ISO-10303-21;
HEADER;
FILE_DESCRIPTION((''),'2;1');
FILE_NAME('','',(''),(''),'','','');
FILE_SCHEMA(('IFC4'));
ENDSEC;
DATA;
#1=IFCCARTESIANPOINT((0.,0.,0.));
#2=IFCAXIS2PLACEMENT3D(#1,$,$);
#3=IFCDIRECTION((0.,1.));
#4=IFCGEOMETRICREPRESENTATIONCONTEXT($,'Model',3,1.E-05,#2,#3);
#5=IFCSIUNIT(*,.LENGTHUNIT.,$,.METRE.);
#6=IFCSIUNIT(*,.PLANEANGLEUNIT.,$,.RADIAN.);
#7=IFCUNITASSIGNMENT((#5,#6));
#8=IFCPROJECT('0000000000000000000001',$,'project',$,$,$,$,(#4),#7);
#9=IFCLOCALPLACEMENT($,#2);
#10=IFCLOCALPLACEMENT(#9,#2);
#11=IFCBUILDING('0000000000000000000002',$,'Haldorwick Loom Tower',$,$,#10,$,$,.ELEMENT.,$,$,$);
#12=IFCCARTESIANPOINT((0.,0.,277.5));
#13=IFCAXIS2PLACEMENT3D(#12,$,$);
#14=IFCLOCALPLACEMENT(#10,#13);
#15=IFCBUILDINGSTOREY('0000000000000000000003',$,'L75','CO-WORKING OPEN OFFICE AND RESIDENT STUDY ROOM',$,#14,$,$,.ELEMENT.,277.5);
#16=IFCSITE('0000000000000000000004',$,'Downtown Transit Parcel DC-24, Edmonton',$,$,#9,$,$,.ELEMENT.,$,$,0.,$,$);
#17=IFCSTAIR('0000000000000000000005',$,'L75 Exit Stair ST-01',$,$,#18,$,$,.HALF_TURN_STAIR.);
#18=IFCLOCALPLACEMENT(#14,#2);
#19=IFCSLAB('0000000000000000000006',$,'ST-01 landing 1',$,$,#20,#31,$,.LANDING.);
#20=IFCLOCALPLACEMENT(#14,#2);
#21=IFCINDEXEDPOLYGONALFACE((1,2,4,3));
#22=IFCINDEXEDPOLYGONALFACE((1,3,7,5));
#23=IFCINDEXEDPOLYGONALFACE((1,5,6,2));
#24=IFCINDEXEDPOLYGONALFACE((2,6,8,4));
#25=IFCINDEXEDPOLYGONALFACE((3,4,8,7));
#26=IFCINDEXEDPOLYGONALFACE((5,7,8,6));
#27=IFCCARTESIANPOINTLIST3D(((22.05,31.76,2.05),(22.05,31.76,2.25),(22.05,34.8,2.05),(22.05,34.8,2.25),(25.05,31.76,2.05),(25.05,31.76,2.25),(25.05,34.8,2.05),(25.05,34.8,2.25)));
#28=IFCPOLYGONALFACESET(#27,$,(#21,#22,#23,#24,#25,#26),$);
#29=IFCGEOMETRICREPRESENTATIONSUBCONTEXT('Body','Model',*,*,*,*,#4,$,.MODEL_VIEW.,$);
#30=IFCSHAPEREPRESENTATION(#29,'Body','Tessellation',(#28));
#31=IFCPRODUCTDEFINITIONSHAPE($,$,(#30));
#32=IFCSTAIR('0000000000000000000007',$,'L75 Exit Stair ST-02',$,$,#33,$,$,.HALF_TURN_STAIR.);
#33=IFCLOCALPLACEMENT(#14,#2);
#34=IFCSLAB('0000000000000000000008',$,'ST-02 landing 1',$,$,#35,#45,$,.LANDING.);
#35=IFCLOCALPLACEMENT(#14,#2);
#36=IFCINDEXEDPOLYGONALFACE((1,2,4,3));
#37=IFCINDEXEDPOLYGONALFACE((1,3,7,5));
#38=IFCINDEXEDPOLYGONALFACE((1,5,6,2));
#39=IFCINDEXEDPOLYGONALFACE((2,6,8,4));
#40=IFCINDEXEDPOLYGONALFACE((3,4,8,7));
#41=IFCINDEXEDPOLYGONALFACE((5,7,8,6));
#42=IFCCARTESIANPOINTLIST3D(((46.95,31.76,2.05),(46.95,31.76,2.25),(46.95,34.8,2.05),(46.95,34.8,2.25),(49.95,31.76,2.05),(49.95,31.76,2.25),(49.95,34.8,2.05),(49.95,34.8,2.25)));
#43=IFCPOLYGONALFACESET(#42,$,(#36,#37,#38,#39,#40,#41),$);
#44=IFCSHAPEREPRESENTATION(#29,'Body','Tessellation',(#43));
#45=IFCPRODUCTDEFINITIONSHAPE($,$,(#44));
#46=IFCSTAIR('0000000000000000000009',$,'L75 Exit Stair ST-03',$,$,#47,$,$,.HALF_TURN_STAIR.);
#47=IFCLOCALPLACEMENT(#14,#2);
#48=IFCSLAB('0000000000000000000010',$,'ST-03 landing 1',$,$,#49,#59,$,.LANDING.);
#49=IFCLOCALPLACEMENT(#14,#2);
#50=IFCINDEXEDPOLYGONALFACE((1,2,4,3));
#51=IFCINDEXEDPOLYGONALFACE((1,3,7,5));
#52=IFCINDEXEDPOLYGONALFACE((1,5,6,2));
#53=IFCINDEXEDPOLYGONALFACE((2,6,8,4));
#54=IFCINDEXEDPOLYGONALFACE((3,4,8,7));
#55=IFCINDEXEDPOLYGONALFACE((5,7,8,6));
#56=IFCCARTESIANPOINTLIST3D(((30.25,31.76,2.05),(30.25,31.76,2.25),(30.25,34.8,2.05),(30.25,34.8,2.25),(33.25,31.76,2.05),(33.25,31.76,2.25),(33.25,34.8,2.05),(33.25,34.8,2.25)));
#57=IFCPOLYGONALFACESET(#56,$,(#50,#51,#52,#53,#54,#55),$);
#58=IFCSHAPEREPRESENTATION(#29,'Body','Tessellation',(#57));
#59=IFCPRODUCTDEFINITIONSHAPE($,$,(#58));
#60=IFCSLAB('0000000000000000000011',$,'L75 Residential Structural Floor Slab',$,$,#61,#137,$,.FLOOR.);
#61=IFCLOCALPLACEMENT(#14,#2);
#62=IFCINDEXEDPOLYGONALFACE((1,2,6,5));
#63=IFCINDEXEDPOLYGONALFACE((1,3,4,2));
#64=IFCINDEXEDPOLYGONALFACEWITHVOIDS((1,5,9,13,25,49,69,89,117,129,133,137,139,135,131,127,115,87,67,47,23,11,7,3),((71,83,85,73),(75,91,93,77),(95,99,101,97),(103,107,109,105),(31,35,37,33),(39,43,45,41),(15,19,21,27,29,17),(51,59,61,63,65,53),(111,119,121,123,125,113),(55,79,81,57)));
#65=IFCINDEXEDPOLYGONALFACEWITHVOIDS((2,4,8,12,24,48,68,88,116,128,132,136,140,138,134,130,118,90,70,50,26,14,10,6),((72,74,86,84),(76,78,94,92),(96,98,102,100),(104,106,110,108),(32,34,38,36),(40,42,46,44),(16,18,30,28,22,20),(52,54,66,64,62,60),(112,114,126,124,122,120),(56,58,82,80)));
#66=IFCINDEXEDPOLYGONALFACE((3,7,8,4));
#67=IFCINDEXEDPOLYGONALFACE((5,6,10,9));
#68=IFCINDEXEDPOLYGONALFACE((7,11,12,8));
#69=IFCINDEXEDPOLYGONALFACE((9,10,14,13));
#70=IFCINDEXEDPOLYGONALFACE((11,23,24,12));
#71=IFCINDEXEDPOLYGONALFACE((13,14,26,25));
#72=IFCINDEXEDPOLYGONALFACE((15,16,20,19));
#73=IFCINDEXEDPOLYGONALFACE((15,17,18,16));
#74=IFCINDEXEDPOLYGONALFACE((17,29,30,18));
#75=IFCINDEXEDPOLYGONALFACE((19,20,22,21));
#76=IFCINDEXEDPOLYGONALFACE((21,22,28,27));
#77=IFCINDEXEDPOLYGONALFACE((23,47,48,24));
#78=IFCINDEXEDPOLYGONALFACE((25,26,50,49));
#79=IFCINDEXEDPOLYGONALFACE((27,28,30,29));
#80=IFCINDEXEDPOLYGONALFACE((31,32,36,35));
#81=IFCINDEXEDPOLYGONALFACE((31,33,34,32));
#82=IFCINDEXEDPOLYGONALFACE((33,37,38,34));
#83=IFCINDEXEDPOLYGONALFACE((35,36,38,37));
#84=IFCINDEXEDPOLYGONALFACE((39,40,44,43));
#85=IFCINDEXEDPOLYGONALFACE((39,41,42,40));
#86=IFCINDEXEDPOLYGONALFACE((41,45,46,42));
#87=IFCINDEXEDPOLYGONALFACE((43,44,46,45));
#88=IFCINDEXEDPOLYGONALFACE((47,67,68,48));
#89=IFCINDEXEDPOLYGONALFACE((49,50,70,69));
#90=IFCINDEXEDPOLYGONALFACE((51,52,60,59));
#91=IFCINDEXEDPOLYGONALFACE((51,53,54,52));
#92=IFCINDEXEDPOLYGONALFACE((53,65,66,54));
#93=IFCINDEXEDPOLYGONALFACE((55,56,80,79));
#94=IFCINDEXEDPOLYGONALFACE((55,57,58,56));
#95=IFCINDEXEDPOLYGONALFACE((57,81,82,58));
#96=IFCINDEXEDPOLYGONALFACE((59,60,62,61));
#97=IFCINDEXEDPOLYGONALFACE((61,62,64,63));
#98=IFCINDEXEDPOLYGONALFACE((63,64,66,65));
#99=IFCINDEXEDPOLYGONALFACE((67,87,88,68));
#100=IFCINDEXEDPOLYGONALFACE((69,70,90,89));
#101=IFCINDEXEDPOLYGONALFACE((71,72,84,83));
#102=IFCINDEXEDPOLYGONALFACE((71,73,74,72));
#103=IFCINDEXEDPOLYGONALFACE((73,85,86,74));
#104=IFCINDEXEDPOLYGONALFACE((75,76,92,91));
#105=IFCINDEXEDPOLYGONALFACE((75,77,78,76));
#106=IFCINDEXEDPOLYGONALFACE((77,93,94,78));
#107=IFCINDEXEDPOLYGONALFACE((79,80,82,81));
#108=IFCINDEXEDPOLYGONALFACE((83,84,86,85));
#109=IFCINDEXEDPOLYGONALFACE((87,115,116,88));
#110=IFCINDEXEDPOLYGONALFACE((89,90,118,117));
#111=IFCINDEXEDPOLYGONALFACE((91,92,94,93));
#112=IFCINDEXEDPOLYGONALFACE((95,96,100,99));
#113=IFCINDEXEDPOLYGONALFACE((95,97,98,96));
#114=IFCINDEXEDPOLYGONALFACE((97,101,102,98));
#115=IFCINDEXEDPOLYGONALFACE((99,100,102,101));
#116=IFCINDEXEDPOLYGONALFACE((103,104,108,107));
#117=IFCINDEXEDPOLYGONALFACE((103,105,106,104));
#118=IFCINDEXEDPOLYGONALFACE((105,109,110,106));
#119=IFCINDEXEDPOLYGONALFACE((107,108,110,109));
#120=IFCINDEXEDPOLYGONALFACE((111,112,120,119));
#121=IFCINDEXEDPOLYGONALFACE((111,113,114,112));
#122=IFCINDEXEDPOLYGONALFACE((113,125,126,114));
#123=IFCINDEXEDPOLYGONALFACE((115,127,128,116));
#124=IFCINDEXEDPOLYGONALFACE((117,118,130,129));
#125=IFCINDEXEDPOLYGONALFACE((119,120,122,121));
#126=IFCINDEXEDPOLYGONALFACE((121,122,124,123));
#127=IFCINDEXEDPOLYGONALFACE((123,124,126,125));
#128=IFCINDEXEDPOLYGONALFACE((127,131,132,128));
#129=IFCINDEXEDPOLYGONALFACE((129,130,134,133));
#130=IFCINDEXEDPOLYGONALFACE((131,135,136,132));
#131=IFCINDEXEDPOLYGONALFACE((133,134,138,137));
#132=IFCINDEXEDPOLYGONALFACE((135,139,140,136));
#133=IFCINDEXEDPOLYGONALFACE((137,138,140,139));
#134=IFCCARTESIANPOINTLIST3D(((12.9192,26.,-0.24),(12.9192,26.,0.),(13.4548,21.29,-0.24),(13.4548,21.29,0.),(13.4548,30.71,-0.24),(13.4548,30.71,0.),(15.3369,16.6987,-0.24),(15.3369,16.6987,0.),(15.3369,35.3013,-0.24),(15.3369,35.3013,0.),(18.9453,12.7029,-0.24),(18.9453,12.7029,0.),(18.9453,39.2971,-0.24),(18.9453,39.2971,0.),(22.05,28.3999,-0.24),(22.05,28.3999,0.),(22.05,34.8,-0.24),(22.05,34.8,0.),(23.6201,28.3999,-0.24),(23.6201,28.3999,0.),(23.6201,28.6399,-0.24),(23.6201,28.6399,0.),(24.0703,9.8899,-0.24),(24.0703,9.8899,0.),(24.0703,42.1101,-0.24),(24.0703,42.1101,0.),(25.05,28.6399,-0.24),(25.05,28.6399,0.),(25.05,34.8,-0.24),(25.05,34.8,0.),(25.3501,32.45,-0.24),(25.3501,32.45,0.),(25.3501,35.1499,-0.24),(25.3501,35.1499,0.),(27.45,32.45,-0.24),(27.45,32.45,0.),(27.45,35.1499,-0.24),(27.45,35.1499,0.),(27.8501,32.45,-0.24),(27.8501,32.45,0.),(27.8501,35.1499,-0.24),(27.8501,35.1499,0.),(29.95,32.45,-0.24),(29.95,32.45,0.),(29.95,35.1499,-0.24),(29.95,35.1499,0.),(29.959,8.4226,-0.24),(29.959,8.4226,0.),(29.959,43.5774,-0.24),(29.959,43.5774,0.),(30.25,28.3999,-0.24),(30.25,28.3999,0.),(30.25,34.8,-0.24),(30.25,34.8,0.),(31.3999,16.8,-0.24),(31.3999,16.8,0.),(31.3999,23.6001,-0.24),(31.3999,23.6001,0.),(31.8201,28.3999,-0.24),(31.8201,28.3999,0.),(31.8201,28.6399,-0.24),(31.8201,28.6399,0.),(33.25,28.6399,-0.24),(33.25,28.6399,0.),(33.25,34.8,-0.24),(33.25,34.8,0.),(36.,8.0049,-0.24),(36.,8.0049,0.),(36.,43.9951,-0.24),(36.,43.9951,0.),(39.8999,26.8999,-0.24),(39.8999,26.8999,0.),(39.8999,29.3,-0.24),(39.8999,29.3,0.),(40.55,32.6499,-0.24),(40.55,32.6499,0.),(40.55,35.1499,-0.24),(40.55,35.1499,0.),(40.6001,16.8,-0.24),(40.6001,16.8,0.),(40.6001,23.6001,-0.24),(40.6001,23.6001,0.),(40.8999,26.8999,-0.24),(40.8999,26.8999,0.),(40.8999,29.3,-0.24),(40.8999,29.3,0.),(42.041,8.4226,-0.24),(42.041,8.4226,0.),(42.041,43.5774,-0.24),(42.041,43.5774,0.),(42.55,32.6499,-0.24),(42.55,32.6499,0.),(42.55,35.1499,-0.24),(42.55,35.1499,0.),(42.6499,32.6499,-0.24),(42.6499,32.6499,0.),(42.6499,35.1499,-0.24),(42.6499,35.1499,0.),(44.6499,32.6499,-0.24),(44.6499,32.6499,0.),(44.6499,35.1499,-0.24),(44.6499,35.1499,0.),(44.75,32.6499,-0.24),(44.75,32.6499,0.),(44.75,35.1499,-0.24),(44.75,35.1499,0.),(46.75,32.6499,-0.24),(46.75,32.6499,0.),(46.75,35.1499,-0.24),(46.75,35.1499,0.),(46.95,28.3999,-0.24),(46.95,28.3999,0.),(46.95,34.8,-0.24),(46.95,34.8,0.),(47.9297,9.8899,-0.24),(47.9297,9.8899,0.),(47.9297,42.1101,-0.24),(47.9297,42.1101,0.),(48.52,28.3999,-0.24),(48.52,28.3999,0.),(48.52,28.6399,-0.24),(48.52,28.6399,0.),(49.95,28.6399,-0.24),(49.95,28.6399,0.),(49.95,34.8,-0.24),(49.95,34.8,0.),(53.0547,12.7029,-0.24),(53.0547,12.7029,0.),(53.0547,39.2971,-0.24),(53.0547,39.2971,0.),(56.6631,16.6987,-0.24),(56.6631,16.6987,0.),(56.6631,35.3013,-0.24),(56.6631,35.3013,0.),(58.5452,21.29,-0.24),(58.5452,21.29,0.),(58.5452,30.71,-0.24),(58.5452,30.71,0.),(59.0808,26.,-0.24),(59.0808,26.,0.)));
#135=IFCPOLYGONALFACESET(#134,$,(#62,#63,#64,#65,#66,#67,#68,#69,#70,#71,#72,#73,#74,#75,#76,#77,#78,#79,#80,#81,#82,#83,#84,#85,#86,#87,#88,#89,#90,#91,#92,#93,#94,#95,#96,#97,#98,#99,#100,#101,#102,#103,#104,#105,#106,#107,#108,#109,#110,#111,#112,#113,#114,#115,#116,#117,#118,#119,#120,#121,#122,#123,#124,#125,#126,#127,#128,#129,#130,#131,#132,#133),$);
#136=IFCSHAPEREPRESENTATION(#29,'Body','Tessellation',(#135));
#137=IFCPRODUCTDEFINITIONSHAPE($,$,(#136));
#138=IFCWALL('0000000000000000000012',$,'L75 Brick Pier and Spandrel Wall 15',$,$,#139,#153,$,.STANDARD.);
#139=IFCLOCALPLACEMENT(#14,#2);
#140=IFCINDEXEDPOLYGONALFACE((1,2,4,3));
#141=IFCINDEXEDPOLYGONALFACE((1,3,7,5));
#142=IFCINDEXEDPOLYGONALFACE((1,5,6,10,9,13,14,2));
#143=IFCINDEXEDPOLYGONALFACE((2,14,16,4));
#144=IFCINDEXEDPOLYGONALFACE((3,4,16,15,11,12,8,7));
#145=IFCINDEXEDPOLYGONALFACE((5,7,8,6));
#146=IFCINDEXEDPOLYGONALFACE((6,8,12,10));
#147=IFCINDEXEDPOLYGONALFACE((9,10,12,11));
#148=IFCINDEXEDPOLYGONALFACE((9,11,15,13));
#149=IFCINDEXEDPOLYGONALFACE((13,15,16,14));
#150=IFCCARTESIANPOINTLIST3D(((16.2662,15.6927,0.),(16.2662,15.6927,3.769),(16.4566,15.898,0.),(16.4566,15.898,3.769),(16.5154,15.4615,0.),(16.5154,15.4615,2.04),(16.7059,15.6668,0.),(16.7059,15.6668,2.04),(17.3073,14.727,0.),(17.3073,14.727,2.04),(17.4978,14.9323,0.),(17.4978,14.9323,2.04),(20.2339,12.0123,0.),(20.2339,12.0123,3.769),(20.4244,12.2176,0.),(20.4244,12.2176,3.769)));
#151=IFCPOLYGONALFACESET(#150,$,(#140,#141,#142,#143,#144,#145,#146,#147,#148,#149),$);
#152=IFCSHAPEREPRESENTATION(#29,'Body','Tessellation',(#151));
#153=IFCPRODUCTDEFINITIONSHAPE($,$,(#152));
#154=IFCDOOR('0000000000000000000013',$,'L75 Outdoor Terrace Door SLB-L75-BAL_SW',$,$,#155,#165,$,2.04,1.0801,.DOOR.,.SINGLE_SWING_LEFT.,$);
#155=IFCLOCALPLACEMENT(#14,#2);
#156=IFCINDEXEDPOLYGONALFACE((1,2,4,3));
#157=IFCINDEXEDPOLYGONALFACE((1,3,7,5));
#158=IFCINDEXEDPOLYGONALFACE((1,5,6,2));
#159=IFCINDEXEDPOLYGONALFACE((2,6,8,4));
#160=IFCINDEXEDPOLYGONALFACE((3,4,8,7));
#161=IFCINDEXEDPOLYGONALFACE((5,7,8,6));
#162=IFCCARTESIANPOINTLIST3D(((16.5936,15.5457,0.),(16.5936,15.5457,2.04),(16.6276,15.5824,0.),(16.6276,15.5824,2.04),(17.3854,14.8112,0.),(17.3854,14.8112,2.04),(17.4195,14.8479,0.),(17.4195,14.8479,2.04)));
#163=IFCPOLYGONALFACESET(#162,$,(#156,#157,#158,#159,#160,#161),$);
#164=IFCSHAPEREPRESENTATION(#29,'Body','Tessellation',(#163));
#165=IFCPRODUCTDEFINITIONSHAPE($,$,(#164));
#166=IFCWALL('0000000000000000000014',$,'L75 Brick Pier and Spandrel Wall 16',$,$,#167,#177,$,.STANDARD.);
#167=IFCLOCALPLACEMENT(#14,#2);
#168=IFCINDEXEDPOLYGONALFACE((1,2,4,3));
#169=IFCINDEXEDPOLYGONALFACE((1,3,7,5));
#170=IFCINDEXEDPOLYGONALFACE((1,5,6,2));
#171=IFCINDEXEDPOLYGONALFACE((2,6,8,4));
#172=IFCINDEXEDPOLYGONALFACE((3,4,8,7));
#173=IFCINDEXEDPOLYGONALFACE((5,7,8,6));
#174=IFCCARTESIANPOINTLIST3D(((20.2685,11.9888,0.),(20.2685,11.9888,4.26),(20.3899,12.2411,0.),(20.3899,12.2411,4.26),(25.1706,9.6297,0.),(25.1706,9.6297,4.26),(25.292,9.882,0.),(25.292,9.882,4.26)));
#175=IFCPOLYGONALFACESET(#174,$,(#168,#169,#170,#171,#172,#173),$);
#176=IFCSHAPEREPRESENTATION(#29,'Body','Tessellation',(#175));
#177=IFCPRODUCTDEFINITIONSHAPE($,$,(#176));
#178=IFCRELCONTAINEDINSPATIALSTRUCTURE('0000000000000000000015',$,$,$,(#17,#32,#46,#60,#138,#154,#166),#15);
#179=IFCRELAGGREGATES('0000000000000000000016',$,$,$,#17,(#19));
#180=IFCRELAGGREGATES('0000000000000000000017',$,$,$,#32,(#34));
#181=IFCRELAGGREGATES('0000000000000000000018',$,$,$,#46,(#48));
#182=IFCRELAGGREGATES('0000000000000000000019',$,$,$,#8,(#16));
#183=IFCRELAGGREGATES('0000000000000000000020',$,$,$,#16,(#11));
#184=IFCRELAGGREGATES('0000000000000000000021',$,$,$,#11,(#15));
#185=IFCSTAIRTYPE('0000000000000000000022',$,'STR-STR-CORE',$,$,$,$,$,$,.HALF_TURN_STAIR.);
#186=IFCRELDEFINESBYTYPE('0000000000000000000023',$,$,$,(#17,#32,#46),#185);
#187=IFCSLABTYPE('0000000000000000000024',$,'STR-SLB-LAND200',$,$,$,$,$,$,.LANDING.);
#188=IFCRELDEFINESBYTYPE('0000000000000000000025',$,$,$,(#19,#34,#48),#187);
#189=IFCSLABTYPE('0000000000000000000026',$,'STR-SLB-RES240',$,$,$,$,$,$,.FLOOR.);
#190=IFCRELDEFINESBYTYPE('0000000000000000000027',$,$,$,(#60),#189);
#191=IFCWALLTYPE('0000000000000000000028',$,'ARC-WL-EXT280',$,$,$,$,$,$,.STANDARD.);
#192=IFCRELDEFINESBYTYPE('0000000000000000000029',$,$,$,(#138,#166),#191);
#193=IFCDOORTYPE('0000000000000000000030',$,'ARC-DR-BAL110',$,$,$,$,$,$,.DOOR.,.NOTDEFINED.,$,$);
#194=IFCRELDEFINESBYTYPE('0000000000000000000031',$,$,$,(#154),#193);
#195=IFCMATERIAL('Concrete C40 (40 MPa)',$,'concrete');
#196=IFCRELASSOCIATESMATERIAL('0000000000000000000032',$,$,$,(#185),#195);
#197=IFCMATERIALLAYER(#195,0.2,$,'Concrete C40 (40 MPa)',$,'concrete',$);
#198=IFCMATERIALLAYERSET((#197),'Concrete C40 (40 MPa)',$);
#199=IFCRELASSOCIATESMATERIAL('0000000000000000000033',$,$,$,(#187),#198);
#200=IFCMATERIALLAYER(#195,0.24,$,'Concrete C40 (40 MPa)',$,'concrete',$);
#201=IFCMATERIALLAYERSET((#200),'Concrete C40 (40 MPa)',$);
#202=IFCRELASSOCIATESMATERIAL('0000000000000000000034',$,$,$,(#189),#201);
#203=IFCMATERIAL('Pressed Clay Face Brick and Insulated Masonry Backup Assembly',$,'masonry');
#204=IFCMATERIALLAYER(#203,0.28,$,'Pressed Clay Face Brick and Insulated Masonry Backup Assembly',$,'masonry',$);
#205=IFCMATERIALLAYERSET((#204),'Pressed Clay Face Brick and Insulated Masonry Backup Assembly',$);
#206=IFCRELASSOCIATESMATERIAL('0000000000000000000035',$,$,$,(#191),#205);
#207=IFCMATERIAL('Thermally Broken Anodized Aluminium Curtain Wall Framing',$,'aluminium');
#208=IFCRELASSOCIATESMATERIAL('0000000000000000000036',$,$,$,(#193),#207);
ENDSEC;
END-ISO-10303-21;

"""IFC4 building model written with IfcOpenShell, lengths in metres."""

from ifc_helpers import new_model, si_unit, direction, frame, frame_2d, origin, place, context, subcontext, project, spatial, polyline, rectangle, outline, extrude, material, layer, layer_set, type_object, element, fill, aggregate, save


model = new_model("IFC4")

# Units and contexts
model_context = context("Model", 3, precision=1e-05, world=origin(), true_north=direction((0.0, 1.0)))
body_context = subcontext(model_context, "Body", "Model", "MODEL_VIEW")
ifc_project = project(units=[si_unit("LENGTHUNIT", "METRE"), si_unit("PLANEANGLEUNIT", "RADIAN")], contexts=[model_context])

# Site, building, storey
site_placement = place(None, origin())
site = spatial("IfcSite", under=ifc_project, at=site_placement, Name="Downtown Transit Parcel DC-24, Edmonton", CompositionType="ELEMENT", RefElevation=0.0)
building_placement = place(site_placement, origin())
building = spatial("IfcBuilding", under=site, at=building_placement, Name="Haldorwick Loom Tower", CompositionType="ELEMENT")
storey_placement = place(building_placement, frame((0.0, 0.0, 277.5)))
storey = spatial("IfcBuildingStorey", under=building, at=storey_placement, Name="L75", Description="CO-WORKING OPEN OFFICE AND RESIDENT STUDY ROOM", CompositionType="ELEMENT", Elevation=277.5)

# Shared definitions
ifc_material_1 = material(Name="Concrete C40 (40 MPa)", Category="concrete")

# Stairs, slabs
stair_type = type_object("IfcStairType", Name="STR-STR-CORE", PredefinedType="HALF_TURN_STAIR", material=ifc_material_1)
stair_1_placement = place(storey_placement, origin())
stair_1 = element("IfcStair", 1, at=stair_1_placement, inside=storey, type_object=stair_type, Name="L75 Exit Stair ST-01", PredefinedType="HALF_TURN_STAIR")
ifc_layer_1 = layer(ifc_material_1, 0.2, Name="Concrete C40 (40 MPa)", Category="concrete")
ifc_layer_set_1 = layer_set([ifc_layer_1], Name="Concrete C40 (40 MPa)")
slab_type_1 = type_object("IfcSlabType", Name="STR-SLB-LAND200", PredefinedType="LANDING", material=ifc_layer_set_1)
slab_1_placement = place(storey_placement, frame((0.0, 0.0, 2.05)))
slab_1 = element("IfcSlab", 2, at=slab_1_placement, type_object=slab_type_1, Name="ST-01 landing 1", PredefinedType="LANDING", context=body_context, shape_type="SweptSolid", body=[
    extrude(outline(polyline([(25.05, 31.76), (25.05, 34.8), (22.05, 34.8), (22.05, 31.76), (25.05, 31.76)])), origin(), (0.0, 0.0, 1.0), 0.2),
])
aggregate(stair_1, [slab_1])
stair_2_placement = place(storey_placement, origin())
stair_2 = element("IfcStair", 3, at=stair_2_placement, inside=storey, type_object=stair_type, Name="L75 Exit Stair ST-02", PredefinedType="HALF_TURN_STAIR")
slab_2_placement = place(storey_placement, frame((0.0, 0.0, 2.05)))
slab_2 = element("IfcSlab", 4, at=slab_2_placement, type_object=slab_type_1, Name="ST-02 landing 1", PredefinedType="LANDING", context=body_context, shape_type="SweptSolid", body=[
    extrude(outline(polyline([(49.95, 31.76), (49.95, 34.8), (46.95, 34.8), (46.95, 31.76), (49.95, 31.76)])), origin(), (0.0, 0.0, 1.0), 0.2),
])
aggregate(stair_2, [slab_2])
stair_3_placement = place(storey_placement, origin())
stair_3 = element("IfcStair", 5, at=stair_3_placement, inside=storey, type_object=stair_type, Name="L75 Exit Stair ST-03", PredefinedType="HALF_TURN_STAIR")
slab_3_placement = place(storey_placement, frame((0.0, 0.0, 2.05)))
slab_3 = element("IfcSlab", 6, at=slab_3_placement, type_object=slab_type_1, Name="ST-03 landing 1", PredefinedType="LANDING", context=body_context, shape_type="SweptSolid", body=[
    extrude(outline(polyline([(33.25, 31.76), (33.25, 34.8), (30.25, 34.8), (30.25, 31.76), (33.25, 31.76)])), origin(), (0.0, 0.0, 1.0), 0.2),
])
aggregate(stair_3, [slab_3])

# Slab
ifc_layer_2 = layer(ifc_material_1, 0.24, Name="Concrete C40 (40 MPa)", Category="concrete")
ifc_layer_set_2 = layer_set([ifc_layer_2], Name="Concrete C40 (40 MPa)")
slab_type_2 = type_object("IfcSlabType", Name="STR-SLB-RES240", PredefinedType="FLOOR", material=ifc_layer_set_2)
slab_4_placement = place(storey_placement, frame((0.0, 0.0, -0.24)))
element("IfcSlab", 7, at=slab_4_placement, inside=storey, type_object=slab_type_2, Name="L75 Residential Structural Floor Slab", PredefinedType="FLOOR", context=body_context, shape_type="SweptSolid", body=[
    extrude(outline(polyline([(53.0547, 12.7029), (56.6631, 16.6987), (58.5452, 21.29), (59.0808, 26.0), (58.5452, 30.71), (56.6631, 35.3013), (53.0547, 39.2971), (47.9297, 42.1101), (42.041, 43.5774), (36.0, 43.9951), (29.959, 43.5774), (24.0703, 42.1101), (18.9453, 39.2971), (15.3369, 35.3013), (13.4548, 30.71), (12.9192, 26.0), (13.4548, 21.29), (15.3369, 16.6987), (18.9453, 12.7029), (24.0703, 9.8899), (29.959, 8.4226), (36.0, 8.0049), (42.041, 8.4226), (47.9297, 9.8899), (53.0547, 12.7029)]), holes=[polyline([(31.3999, 16.8), (31.3999, 23.6001), (40.6001, 23.6001), (40.6001, 16.8), (31.3999, 16.8)]), polyline([(40.8999, 26.8999), (39.8999, 26.8999), (39.8999, 29.3), (40.8999, 29.3), (40.8999, 26.8999)]), polyline([(23.6201, 28.3999), (22.05, 28.3999), (22.05, 34.8), (25.05, 34.8), (25.05, 28.6399), (23.6201, 28.6399), (23.6201, 28.3999)]), polyline([(30.25, 28.3999), (30.25, 34.8), (33.25, 34.8), (33.25, 28.6399), (31.8201, 28.6399), (31.8201, 28.3999), (30.25, 28.3999)]), polyline([(46.95, 28.3999), (46.95, 34.8), (49.95, 34.8), (49.95, 28.6399), (48.52, 28.6399), (48.52, 28.3999), (46.95, 28.3999)]), polyline([(27.45, 32.45), (25.3501, 32.45), (25.3501, 35.1499), (27.45, 35.1499), (27.45, 32.45)]), polyline([(29.95, 32.45), (27.8501, 32.45), (27.8501, 35.1499), (29.95, 35.1499), (29.95, 32.45)]), polyline([(42.55, 32.6499), (40.55, 32.6499), (40.55, 35.1499), (42.55, 35.1499), (42.55, 32.6499)]), polyline([(42.6499, 32.6499), (42.6499, 35.1499), (44.6499, 35.1499), (44.6499, 32.6499), (42.6499, 32.6499)]), polyline([(44.75, 32.6499), (44.75, 35.1499), (46.75, 35.1499), (46.75, 32.6499), (44.75, 32.6499)])]), origin(), (0.0, 0.0, 1.0), 0.24),
])

# Wall, opening, door
ifc_material_2 = material(Name="Pressed Clay Face Brick and Insulated Masonry Backup Assembly", Category="masonry")
ifc_layer_3 = layer(ifc_material_2, 0.28, Name="Pressed Clay Face Brick and Insulated Masonry Backup Assembly", Category="masonry")
ifc_layer_set_3 = layer_set([ifc_layer_3], Name="Pressed Clay Face Brick and Insulated Masonry Backup Assembly")
wall_type = type_object("IfcWallType", Name="ARC-WL-EXT280", PredefinedType="STANDARD", material=ifc_layer_set_3)
wall_1_placement = place(storey_placement, frame((16.3613, 15.7954, 0.0), z_axis=(0.0, 0.0, 1.0), x_axis=(0.733157, -0.68006, 0.0)))
wall_1 = element("IfcWall", 8, at=wall_1_placement, inside=storey, type_object=wall_type, Name="L75 Brick Pier and Spandrel Wall 15", PredefinedType="STANDARD", context=body_context, shape_type="SweptSolid", body=[
    extrude(rectangle(XDim=5.4119, YDim=0.28, at=frame_2d((2.7061, 0.0))), origin(), (0.0, 0.0, 1.0), 3.769),
])
opening_placement = place(wall_1_placement, frame((0.3401, 0.0, 0.0)))
opening = element("IfcOpeningElement", 9, at=opening_placement, cuts=wall_1, PredefinedType="OPENING", context=body_context, shape_type="SweptSolid", body=[
    extrude(rectangle(XDim=1.0801, YDim=2.04, at=frame_2d((0.54, 1.02))), frame((0.0, 0.1499, 0.0), z_axis=(0.0, -1.0, 0.0), x_axis=(1.0, 0.0, 0.0)), (0.0, 0.0, 1.0), 0.3),
])
ifc_material_3 = material(Name="Thermally Broken Anodized Aluminium Curtain Wall Framing", Category="aluminium")
door_type = type_object("IfcDoorType", Name="ARC-DR-BAL110", OperationType="NOTDEFINED", PredefinedType="DOOR", material=ifc_material_3)
door_placement = place(opening_placement, origin())
door = element("IfcDoor", 10, at=door_placement, inside=storey, type_object=door_type, Name="L75 Outdoor Terrace Door SLB-L75-BAL_SW", OperationType="SINGLE_SWING_LEFT", OverallHeight=2.04, OverallWidth=1.0801, PredefinedType="DOOR", context=body_context, shape_type="SweptSolid", body=[
    extrude(rectangle(XDim=1.0801, YDim=2.04, at=frame_2d((0.54, 1.02))), frame((0.0, 0.0249, 0.0), z_axis=(0.0, -1.0, 0.0), x_axis=(1.0, 0.0, 0.0)), (0.0, 0.0, 1.0), 0.05),
])
fill(opening, door)

# Wall
wall_2_placement = place(storey_placement, frame((20.3291, 12.115, 0.0), z_axis=(0.0, 0.0, 1.0), x_axis=(0.901084, -0.433646, 0.0)))
element("IfcWall", 11, at=wall_2_placement, inside=storey, type_object=wall_type, Name="L75 Brick Pier and Spandrel Wall 16", PredefinedType="STANDARD", context=body_context, shape_type="SweptSolid", body=[
    extrude(rectangle(XDim=5.4402, YDim=0.28, at=frame_2d((2.7202, 0.0))), origin(), (0.0, 0.0, 1.0), 4.26),
])

save(model, "model.ifc")
